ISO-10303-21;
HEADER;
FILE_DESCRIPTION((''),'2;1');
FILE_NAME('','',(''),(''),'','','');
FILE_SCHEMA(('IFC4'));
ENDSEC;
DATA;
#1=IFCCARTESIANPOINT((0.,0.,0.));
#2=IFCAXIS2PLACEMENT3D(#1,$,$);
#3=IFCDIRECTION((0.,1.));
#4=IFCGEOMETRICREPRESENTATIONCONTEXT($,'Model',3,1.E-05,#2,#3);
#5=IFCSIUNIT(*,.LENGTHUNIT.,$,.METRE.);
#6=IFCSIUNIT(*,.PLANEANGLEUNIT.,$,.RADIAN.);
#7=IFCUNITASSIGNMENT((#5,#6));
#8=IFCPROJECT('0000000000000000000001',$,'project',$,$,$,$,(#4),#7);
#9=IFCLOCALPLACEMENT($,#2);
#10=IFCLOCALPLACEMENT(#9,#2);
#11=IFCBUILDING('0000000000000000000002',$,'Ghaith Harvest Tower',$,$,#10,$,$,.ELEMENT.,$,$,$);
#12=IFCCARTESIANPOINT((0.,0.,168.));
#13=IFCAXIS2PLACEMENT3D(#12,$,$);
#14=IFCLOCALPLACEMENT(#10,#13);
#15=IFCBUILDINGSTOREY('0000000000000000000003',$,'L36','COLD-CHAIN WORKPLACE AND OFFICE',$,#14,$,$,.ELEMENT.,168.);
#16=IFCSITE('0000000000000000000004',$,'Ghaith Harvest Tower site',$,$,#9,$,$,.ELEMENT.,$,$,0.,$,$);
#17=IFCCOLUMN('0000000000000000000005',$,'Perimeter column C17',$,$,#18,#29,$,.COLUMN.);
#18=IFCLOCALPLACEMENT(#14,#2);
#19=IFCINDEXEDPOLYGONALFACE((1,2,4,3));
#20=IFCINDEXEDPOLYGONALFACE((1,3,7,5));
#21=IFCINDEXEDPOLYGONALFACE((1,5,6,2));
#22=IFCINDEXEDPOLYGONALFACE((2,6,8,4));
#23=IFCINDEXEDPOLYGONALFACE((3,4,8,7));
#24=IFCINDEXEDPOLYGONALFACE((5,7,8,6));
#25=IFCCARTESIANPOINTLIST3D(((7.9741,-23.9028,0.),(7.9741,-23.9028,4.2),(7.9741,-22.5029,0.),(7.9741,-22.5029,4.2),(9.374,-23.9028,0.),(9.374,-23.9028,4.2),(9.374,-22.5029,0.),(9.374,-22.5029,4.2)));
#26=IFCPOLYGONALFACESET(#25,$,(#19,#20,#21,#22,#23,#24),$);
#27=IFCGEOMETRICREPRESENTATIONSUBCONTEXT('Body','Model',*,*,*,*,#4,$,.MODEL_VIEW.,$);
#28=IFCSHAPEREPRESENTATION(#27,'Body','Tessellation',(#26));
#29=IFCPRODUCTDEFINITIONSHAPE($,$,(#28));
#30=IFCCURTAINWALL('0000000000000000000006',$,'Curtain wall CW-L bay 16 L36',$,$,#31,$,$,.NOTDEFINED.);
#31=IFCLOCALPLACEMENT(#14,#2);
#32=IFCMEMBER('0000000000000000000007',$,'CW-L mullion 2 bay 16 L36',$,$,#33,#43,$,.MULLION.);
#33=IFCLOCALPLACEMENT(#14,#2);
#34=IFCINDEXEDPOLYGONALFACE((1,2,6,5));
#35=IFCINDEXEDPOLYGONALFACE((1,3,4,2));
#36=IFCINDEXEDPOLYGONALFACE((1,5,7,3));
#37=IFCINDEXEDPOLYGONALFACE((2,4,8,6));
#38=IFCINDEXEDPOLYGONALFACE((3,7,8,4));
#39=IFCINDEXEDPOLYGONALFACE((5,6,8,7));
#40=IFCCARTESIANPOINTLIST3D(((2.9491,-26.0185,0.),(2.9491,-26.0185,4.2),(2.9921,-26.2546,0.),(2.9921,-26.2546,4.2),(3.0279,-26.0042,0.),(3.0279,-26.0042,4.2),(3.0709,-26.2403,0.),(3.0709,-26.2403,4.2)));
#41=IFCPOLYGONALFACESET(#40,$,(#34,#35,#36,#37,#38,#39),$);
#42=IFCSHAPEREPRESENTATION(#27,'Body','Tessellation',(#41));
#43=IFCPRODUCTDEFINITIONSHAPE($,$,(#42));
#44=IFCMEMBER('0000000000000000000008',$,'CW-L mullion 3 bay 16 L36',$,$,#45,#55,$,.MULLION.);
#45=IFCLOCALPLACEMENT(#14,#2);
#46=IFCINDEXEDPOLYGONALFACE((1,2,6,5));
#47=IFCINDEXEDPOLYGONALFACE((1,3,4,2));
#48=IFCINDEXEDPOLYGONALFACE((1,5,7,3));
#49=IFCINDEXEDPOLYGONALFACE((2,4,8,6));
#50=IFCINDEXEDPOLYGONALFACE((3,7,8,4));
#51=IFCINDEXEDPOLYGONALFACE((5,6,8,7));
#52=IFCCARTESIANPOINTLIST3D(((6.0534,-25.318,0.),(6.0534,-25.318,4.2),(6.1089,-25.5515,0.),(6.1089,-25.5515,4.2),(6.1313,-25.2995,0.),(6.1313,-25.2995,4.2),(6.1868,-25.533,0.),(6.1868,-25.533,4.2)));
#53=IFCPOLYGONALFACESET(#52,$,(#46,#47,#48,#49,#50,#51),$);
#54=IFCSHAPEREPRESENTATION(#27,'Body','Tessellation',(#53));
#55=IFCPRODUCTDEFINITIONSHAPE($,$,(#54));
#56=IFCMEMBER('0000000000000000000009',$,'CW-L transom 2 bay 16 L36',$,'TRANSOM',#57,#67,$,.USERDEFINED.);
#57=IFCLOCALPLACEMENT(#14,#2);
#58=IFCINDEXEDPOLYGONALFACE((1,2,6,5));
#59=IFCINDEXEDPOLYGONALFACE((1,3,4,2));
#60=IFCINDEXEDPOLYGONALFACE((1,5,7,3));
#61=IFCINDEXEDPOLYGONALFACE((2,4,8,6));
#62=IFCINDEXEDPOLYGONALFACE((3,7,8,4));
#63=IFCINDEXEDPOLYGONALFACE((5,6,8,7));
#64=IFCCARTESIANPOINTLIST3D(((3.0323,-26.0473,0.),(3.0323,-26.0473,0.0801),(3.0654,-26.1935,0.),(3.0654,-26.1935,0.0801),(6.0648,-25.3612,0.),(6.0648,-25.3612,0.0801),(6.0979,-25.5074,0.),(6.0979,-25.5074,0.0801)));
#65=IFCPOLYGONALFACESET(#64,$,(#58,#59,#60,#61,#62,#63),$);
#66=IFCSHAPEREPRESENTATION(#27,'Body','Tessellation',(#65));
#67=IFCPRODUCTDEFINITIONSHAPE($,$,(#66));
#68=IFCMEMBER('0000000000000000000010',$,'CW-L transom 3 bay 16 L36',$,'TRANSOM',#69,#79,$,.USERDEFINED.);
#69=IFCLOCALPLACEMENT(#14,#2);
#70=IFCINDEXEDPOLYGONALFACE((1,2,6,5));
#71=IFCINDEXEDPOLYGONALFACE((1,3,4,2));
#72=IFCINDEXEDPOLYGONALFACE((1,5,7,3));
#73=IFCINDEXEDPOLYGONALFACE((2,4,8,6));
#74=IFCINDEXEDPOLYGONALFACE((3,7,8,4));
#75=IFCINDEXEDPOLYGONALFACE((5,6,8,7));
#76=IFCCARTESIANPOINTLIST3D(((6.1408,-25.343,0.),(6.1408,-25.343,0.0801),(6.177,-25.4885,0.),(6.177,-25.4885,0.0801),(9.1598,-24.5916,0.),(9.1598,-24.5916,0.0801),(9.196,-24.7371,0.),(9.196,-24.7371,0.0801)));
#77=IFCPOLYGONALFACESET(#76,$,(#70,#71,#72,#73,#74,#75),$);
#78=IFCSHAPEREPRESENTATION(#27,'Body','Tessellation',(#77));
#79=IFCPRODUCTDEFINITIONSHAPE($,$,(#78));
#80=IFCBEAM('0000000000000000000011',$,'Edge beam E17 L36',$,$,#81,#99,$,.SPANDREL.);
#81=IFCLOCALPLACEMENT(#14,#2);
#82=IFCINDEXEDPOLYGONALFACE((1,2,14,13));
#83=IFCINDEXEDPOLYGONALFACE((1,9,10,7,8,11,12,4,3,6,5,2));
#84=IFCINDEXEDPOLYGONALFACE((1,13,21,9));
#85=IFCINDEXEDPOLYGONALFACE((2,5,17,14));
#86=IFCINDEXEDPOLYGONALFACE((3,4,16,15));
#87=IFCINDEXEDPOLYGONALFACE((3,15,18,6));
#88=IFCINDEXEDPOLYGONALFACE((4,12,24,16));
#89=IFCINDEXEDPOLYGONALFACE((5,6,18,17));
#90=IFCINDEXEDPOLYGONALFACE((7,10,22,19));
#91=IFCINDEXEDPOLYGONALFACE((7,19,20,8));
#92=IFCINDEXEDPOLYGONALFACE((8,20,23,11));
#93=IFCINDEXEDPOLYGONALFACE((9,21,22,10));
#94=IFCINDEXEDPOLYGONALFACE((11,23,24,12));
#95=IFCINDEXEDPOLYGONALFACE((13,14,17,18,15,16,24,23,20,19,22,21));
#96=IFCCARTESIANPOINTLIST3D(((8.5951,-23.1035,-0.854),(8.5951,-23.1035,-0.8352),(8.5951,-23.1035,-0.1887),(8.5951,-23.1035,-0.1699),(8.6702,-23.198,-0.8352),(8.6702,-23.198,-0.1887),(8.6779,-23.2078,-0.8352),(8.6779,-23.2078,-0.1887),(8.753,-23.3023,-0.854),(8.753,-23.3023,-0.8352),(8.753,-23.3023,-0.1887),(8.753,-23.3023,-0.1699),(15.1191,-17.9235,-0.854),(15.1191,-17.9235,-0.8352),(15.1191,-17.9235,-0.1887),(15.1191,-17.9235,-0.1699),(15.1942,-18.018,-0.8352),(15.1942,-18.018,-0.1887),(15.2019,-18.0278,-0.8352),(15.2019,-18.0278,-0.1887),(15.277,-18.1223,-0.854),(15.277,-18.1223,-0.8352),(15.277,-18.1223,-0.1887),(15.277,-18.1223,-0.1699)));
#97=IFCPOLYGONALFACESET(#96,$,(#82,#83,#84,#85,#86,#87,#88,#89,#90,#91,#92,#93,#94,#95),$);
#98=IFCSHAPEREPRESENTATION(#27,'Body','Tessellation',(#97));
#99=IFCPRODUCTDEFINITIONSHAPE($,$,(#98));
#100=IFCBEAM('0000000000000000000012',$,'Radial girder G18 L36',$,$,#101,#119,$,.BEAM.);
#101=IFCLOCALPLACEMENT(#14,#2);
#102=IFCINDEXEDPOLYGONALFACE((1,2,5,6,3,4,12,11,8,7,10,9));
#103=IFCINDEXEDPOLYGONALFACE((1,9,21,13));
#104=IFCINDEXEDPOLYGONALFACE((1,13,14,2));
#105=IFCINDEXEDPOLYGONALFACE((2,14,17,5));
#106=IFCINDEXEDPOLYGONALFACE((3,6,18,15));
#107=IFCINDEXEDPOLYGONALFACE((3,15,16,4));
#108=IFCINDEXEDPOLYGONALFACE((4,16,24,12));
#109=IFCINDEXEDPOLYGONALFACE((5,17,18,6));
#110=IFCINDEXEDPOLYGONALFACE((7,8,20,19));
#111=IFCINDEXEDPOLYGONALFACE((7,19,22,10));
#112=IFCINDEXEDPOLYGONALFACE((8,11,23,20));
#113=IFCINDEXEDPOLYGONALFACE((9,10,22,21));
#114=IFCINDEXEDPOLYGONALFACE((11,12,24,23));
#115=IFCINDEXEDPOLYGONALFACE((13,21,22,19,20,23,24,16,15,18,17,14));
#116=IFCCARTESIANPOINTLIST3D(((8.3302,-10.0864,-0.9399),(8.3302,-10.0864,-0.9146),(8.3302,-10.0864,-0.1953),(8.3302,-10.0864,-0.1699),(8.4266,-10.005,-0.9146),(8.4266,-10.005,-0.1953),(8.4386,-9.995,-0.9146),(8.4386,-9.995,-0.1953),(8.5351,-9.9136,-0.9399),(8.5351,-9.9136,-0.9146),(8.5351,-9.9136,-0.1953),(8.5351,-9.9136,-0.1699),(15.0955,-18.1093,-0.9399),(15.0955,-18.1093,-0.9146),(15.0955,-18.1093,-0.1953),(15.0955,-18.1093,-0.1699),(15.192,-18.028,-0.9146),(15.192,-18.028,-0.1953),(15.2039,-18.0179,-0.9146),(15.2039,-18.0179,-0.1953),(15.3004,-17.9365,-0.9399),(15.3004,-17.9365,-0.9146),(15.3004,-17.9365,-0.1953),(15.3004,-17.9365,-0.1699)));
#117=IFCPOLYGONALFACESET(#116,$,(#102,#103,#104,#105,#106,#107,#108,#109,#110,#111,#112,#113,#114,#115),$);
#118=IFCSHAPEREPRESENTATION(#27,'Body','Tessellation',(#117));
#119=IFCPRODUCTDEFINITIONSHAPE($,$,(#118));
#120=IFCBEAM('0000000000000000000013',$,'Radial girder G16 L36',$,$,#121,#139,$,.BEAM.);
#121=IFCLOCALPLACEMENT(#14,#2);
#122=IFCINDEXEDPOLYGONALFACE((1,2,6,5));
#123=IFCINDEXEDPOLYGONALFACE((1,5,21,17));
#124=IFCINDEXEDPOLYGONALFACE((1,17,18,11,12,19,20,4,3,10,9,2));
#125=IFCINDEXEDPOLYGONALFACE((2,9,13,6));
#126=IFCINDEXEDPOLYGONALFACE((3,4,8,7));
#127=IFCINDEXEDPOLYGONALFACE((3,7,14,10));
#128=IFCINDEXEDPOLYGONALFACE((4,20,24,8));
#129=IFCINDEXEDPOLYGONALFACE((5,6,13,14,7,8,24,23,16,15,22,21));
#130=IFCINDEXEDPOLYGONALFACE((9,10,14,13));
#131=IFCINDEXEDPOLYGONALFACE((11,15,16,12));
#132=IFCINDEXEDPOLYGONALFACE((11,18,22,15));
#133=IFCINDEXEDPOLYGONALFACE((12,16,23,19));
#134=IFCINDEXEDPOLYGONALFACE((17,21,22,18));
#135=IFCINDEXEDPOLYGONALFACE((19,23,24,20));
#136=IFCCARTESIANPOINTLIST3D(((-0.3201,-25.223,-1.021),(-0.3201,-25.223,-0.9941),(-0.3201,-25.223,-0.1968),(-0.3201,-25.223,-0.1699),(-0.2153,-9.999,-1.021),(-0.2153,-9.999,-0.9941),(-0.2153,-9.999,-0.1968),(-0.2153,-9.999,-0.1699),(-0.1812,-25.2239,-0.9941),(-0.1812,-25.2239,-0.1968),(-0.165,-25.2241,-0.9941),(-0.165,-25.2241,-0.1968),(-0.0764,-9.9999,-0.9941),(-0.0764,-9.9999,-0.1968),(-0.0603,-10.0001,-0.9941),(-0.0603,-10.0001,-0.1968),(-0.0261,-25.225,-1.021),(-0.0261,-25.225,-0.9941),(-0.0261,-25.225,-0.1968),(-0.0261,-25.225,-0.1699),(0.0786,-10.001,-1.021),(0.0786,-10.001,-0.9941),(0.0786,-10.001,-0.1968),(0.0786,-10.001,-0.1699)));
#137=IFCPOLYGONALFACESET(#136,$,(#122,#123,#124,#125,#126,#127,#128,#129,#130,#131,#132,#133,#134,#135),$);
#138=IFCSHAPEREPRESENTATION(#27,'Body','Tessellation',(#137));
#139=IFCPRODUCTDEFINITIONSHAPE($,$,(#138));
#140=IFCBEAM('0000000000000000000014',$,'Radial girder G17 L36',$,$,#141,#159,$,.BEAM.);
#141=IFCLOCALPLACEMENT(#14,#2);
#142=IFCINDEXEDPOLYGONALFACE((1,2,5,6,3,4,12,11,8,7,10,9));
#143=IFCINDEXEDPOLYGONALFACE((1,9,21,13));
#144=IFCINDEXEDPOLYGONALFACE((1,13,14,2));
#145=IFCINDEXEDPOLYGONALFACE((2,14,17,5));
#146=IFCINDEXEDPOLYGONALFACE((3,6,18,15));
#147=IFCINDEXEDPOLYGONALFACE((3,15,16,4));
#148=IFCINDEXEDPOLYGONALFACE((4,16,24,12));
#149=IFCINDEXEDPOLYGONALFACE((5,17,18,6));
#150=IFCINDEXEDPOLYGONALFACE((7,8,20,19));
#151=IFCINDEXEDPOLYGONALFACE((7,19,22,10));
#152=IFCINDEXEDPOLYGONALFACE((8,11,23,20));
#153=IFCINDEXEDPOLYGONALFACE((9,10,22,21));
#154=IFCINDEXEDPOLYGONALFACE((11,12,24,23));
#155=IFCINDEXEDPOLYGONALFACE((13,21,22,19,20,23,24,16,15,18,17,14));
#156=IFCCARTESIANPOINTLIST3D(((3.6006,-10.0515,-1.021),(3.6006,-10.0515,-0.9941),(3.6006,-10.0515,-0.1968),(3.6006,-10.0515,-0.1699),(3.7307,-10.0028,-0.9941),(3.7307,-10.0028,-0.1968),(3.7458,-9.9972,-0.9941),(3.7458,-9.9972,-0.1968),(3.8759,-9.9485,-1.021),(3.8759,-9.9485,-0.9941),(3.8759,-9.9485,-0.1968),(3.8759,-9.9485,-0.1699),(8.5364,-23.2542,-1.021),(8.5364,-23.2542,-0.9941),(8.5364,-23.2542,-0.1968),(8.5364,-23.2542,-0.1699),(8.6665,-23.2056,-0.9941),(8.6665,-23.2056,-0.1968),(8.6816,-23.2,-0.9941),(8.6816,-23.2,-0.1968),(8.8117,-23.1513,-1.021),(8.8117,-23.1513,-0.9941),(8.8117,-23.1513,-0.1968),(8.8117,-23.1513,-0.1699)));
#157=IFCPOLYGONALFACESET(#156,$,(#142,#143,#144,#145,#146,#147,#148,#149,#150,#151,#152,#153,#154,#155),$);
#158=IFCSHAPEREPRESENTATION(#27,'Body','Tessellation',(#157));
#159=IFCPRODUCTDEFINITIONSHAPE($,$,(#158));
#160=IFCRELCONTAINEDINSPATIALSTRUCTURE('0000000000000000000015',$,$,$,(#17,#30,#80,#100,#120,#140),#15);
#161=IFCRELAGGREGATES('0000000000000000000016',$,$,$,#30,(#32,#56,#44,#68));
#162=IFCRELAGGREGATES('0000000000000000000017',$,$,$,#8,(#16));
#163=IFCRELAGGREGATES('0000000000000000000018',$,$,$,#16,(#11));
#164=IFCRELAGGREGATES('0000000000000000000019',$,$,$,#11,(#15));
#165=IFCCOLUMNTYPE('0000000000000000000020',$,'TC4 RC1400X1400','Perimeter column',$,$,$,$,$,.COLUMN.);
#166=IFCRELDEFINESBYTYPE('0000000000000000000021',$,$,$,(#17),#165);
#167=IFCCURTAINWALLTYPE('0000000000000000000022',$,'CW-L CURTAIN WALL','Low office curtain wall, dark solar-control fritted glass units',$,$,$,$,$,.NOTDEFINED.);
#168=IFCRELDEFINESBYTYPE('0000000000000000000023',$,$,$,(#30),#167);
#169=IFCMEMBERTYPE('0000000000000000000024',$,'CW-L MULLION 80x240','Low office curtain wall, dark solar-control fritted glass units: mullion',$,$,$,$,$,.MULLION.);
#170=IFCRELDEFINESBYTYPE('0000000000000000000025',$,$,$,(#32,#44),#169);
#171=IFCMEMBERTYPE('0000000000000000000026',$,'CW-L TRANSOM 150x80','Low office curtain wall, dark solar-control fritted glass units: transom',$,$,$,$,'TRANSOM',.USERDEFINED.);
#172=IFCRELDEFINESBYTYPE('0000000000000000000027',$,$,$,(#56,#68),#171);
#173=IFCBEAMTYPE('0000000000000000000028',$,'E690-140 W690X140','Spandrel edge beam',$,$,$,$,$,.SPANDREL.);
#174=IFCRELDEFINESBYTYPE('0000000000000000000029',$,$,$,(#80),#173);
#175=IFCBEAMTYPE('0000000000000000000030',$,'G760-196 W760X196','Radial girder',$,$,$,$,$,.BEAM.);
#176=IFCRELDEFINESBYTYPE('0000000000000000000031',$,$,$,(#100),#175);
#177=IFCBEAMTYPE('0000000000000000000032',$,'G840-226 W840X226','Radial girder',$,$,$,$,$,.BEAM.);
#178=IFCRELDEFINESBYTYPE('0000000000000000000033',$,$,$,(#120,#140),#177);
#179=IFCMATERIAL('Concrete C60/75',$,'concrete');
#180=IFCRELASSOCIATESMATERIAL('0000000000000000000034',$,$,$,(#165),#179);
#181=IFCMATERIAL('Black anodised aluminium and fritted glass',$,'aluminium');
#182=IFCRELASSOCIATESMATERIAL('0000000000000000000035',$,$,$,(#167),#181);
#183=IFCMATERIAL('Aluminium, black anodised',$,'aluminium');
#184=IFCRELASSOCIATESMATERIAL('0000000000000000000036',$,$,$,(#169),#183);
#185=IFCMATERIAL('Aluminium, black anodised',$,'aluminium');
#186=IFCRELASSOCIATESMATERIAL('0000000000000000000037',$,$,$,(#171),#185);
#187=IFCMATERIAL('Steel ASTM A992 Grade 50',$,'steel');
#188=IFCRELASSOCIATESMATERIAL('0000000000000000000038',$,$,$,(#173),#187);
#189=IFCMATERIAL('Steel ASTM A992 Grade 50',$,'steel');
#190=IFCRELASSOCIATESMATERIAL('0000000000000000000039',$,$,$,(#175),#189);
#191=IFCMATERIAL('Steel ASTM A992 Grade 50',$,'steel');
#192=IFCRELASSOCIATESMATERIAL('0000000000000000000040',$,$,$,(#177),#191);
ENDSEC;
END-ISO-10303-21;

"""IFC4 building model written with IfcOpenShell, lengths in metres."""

from ifc_helpers import new_model, si_unit, direction, frame, origin, origin_2d, place, context, subcontext, project, spatial, rectangle, i_section, extrude, material, material_profile, profile_set, type_object, element, aggregate, save


model = new_model("IFC4")

# Units and contexts
model_context = context("Model", 3, precision=1e-05, world=origin(), true_north=direction((0.0, 1.0)))
body_context = subcontext(model_context, "Body", "Model", "MODEL_VIEW")
ifc_project = project(units=[si_unit("LENGTHUNIT", "METRE"), si_unit("PLANEANGLEUNIT", "RADIAN")], contexts=[model_context])

# Site, building, storey
site_placement = place(None, origin())
site = spatial("IfcSite", under=ifc_project, at=site_placement, Name="Ghaith Harvest Tower site", CompositionType="ELEMENT", RefElevation=0.0)
building_placement = place(site_placement, origin())
building = spatial("IfcBuilding", under=site, at=building_placement, Name="Ghaith Harvest Tower", CompositionType="ELEMENT")
storey_placement = place(building_placement, frame((0.0, 0.0, 168.0)))
storey = spatial("IfcBuildingStorey", under=building, at=storey_placement, Name="L36", Description="COLD-CHAIN WORKPLACE AND OFFICE", CompositionType="ELEMENT", Elevation=168.0)

# Column
ifc_material_1 = material(Name="Concrete C60/75", Category="concrete")
ifc_material_profile_1 = material_profile(ifc_material_1, rectangle(XDim=1.3999, YDim=1.3999, at=origin_2d()), Name="RC1400X1400")
ifc_profile_set_1 = profile_set([ifc_material_profile_1], Name="Concrete C60/75")
column_type = type_object("IfcColumnType", Name="TC4 RC1400X1400", Description="Perimeter column", PredefinedType="COLUMN", material=ifc_profile_set_1)
column_placement = place(storey_placement, frame((8.6741, -23.2029, 0.0), z_axis=(0.0, 0.0, 1.0), x_axis=(1.0, 0.0, 0.0)))
element("IfcColumn", 1, at=column_placement, inside=storey, type_object=column_type, Name="Perimeter column C17", PredefinedType="COLUMN", context=body_context, shape_type="SweptSolid", body=[
    extrude(rectangle(XDim=1.3999, YDim=1.3999, at=origin_2d()), origin(), (0.0, 0.0, 1.0), 4.2),
])

# Curtain wall, members
ifc_material_2 = material(Name="Black anodised aluminium and fritted glass", Category="aluminium")
curtain_wall_type = type_object("IfcCurtainWallType", Name="CW-L CURTAIN WALL", Description="Low office curtain wall, dark solar-control fritted glass units", PredefinedType="NOTDEFINED", material=ifc_material_2)
curtain_wall_placement = place(storey_placement, origin())
curtain_wall = element("IfcCurtainWall", 2, at=curtain_wall_placement, inside=storey, type_object=curtain_wall_type, Name="Curtain wall CW-L bay 16 L36", PredefinedType="NOTDEFINED")
ifc_material_3 = material(Name="Aluminium, black anodised", Category="aluminium")
ifc_material_profile_2 = material_profile(ifc_material_3, rectangle(XDim=0.0801, YDim=0.24, at=origin_2d()), Name="CW-L MULLION 80x240")
ifc_profile_set_2 = profile_set([ifc_material_profile_2], Name="Aluminium, black anodised")
member_type_1 = type_object("IfcMemberType", Name="CW-L MULLION 80x240", Description="Low office curtain wall, dark solar-control fritted glass units: mullion", PredefinedType="MULLION", material=ifc_profile_set_2)
member_1_placement = place(storey_placement, frame((3.01, -26.1294, 0.0), z_axis=(0.0, 0.0, 1.0), x_axis=(0.983806, 0.179235, 0.0)))
member_1 = element("IfcMember", 3, at=member_1_placement, type_object=member_type_1, Name="CW-L mullion 2 bay 16 L36", PredefinedType="MULLION", context=body_context, shape_type="SweptSolid", body=[
    extrude(rectangle(XDim=0.0801, YDim=0.24, at=origin_2d()), origin(), (0.0, 0.0, 1.0), 4.2),
])
member_2_placement = place(storey_placement, frame((6.1201, -25.4255, 0.0), z_axis=(0.0, 0.0, 1.0), x_axis=(0.972918, 0.23115, 0.0)))
member_2 = element("IfcMember", 4, at=member_2_placement, type_object=member_type_1, Name="CW-L mullion 3 bay 16 L36", PredefinedType="MULLION", context=body_context, shape_type="SweptSolid", body=[
    extrude(rectangle(XDim=0.0801, YDim=0.24, at=origin_2d()), origin(), (0.0, 0.0, 1.0), 4.2),
])
ifc_material_4 = material(Name="Aluminium, black anodised", Category="aluminium")
ifc_material_profile_3 = material_profile(ifc_material_4, rectangle(XDim=0.1499, YDim=0.0801, at=origin_2d()), Name="CW-L TRANSOM 150x80")
ifc_profile_set_3 = profile_set([ifc_material_profile_3], Name="Aluminium, black anodised")
member_type_2 = type_object("IfcMemberType", Name="CW-L TRANSOM 150x80", Description="Low office curtain wall, dark solar-control fritted glass units: transom", ElementType="TRANSOM", PredefinedType="USERDEFINED", material=ifc_profile_set_3)
member_3_placement = place(storey_placement, frame((3.0488, -26.1204, 0.04), z_axis=(0.975352, 0.220654, 0.0), x_axis=(-0.220654, 0.975352, 0.0)))
member_3 = element("IfcMember", 5, at=member_3_placement, type_object=member_type_2, Name="CW-L transom 2 bay 16 L36", ObjectType="TRANSOM", PredefinedType="USERDEFINED", context=body_context, shape_type="SweptSolid", body=[
    extrude(rectangle(XDim=0.1499, YDim=0.0801, at=origin_2d()), origin(), (0.0, 0.0, 1.0), 3.1091),
])
member_4_placement = place(storey_placement, frame((6.1589, -25.4158, 0.04), z_axis=(0.970391, 0.241538, 0.0), x_axis=(-0.241538, 0.970391, 0.0)))
member_4 = element("IfcMember", 6, at=member_4_placement, type_object=member_type_2, Name="CW-L transom 3 bay 16 L36", ObjectType="TRANSOM", PredefinedType="USERDEFINED", context=body_context, shape_type="SweptSolid", body=[
    extrude(rectangle(XDim=0.1499, YDim=0.0801, at=origin_2d()), origin(), (0.0, 0.0, 1.0), 3.1111),
])

# Beams
ifc_material_5 = material(Name="Steel ASTM A992 Grade 50", Category="steel")
ifc_material_profile_4 = material_profile(ifc_material_5, i_section(OverallWidth=0.2539, OverallDepth=0.6841, WebThickness=0.0125, FlangeThickness=0.0188, at=origin_2d()), Name="W690X140")
ifc_profile_set_4 = profile_set([ifc_material_profile_4], Name="Steel ASTM A992 Grade 50")
beam_type_1 = type_object("IfcBeamType", Name="E690-140 W690X140", Description="Spandrel edge beam", PredefinedType="SPANDREL", material=ifc_profile_set_4)
beam_1_placement = place(storey_placement, frame((8.6741, -23.2029, -0.512), z_axis=(0.78316, 0.621821, 0.0), x_axis=(-0.621821, 0.78316, 0.0)))
element("IfcBeam", 7, at=beam_1_placement, inside=storey, type_object=beam_type_1, Name="Edge beam E17 L36", PredefinedType="SPANDREL", context=body_context, shape_type="SweptSolid", body=[
    extrude(i_section(OverallWidth=0.2539, OverallDepth=0.6841, WebThickness=0.0125, FlangeThickness=0.0188, at=origin_2d()), origin(), (0.0, 0.0, 1.0), 8.3303),
])
ifc_material_6 = material(Name="Steel ASTM A992 Grade 50", Category="steel")
ifc_material_profile_5 = material_profile(ifc_material_6, i_section(OverallWidth=0.2681, OverallDepth=0.77, WebThickness=0.0156, FlangeThickness=0.0254, at=origin_2d()), Name="W760X196")
ifc_profile_set_5 = profile_set([ifc_material_profile_5], Name="Steel ASTM A992 Grade 50")
beam_type_2 = type_object("IfcBeamType", Name="G760-196 W760X196", Description="Radial girder", PredefinedType="BEAM", material=ifc_profile_set_5)
beam_2_placement = place(storey_placement, frame((8.4326, -10.0, -0.5549), z_axis=(0.644649, -0.764478, 0.0), x_axis=(0.764478, 0.644649, 0.0)))
element("IfcBeam", 8, at=beam_2_placement, inside=storey, type_object=beam_type_2, Name="Radial girder G18 L36", PredefinedType="BEAM", context=body_context, shape_type="SweptSolid", body=[
    extrude(i_section(OverallWidth=0.2681, OverallDepth=0.77, WebThickness=0.0156, FlangeThickness=0.0254, at=origin_2d()), origin(), (0.0, 0.0, 1.0), 10.4946),
])
ifc_material_7 = material(Name="Steel ASTM A992 Grade 50", Category="steel")
ifc_material_profile_6 = material_profile(ifc_material_7, i_section(OverallWidth=0.2939, OverallDepth=0.8511, WebThickness=0.0161, FlangeThickness=0.0269, at=origin_2d()), Name="W840X226")
ifc_profile_set_6 = profile_set([ifc_material_profile_6], Name="Steel ASTM A992 Grade 50")
beam_type_3 = type_object("IfcBeamType", Name="G840-226 W840X226", Description="Radial girder", PredefinedType="BEAM", material=ifc_profile_set_6)
beam_3_placement = place(storey_placement, frame((-0.0684, -10.0, -0.5955), z_axis=(-0.006879, -0.999976, 0.0), x_axis=(0.999976, -0.006879, 0.0)))
element("IfcBeam", 9, at=beam_3_placement, inside=storey, type_object=beam_type_3, Name="Radial girder G16 L36", PredefinedType="BEAM", context=body_context, shape_type="SweptSolid", body=[
    extrude(i_section(OverallWidth=0.2939, OverallDepth=0.8511, WebThickness=0.0161, FlangeThickness=0.0269, at=origin_2d()), origin(), (0.0, 0.0, 1.0), 15.2244),
])
beam_4_placement = place(storey_placement, frame((3.7383, -10.0, -0.5955), z_axis=(0.350172, -0.936685, 0.0), x_axis=(0.936685, 0.350172, 0.0)))
element("IfcBeam", 10, at=beam_4_placement, inside=storey, type_object=beam_type_3, Name="Radial girder G17 L36", PredefinedType="BEAM", context=body_context, shape_type="SweptSolid", body=[
    extrude(i_section(OverallWidth=0.2939, OverallDepth=0.8511, WebThickness=0.0161, FlangeThickness=0.0269, at=origin_2d()), origin(), (0.0, 0.0, 1.0), 14.0952),
])

aggregate(curtain_wall, [member_1, member_3, member_2, member_4])

save(model, "model.ifc")
